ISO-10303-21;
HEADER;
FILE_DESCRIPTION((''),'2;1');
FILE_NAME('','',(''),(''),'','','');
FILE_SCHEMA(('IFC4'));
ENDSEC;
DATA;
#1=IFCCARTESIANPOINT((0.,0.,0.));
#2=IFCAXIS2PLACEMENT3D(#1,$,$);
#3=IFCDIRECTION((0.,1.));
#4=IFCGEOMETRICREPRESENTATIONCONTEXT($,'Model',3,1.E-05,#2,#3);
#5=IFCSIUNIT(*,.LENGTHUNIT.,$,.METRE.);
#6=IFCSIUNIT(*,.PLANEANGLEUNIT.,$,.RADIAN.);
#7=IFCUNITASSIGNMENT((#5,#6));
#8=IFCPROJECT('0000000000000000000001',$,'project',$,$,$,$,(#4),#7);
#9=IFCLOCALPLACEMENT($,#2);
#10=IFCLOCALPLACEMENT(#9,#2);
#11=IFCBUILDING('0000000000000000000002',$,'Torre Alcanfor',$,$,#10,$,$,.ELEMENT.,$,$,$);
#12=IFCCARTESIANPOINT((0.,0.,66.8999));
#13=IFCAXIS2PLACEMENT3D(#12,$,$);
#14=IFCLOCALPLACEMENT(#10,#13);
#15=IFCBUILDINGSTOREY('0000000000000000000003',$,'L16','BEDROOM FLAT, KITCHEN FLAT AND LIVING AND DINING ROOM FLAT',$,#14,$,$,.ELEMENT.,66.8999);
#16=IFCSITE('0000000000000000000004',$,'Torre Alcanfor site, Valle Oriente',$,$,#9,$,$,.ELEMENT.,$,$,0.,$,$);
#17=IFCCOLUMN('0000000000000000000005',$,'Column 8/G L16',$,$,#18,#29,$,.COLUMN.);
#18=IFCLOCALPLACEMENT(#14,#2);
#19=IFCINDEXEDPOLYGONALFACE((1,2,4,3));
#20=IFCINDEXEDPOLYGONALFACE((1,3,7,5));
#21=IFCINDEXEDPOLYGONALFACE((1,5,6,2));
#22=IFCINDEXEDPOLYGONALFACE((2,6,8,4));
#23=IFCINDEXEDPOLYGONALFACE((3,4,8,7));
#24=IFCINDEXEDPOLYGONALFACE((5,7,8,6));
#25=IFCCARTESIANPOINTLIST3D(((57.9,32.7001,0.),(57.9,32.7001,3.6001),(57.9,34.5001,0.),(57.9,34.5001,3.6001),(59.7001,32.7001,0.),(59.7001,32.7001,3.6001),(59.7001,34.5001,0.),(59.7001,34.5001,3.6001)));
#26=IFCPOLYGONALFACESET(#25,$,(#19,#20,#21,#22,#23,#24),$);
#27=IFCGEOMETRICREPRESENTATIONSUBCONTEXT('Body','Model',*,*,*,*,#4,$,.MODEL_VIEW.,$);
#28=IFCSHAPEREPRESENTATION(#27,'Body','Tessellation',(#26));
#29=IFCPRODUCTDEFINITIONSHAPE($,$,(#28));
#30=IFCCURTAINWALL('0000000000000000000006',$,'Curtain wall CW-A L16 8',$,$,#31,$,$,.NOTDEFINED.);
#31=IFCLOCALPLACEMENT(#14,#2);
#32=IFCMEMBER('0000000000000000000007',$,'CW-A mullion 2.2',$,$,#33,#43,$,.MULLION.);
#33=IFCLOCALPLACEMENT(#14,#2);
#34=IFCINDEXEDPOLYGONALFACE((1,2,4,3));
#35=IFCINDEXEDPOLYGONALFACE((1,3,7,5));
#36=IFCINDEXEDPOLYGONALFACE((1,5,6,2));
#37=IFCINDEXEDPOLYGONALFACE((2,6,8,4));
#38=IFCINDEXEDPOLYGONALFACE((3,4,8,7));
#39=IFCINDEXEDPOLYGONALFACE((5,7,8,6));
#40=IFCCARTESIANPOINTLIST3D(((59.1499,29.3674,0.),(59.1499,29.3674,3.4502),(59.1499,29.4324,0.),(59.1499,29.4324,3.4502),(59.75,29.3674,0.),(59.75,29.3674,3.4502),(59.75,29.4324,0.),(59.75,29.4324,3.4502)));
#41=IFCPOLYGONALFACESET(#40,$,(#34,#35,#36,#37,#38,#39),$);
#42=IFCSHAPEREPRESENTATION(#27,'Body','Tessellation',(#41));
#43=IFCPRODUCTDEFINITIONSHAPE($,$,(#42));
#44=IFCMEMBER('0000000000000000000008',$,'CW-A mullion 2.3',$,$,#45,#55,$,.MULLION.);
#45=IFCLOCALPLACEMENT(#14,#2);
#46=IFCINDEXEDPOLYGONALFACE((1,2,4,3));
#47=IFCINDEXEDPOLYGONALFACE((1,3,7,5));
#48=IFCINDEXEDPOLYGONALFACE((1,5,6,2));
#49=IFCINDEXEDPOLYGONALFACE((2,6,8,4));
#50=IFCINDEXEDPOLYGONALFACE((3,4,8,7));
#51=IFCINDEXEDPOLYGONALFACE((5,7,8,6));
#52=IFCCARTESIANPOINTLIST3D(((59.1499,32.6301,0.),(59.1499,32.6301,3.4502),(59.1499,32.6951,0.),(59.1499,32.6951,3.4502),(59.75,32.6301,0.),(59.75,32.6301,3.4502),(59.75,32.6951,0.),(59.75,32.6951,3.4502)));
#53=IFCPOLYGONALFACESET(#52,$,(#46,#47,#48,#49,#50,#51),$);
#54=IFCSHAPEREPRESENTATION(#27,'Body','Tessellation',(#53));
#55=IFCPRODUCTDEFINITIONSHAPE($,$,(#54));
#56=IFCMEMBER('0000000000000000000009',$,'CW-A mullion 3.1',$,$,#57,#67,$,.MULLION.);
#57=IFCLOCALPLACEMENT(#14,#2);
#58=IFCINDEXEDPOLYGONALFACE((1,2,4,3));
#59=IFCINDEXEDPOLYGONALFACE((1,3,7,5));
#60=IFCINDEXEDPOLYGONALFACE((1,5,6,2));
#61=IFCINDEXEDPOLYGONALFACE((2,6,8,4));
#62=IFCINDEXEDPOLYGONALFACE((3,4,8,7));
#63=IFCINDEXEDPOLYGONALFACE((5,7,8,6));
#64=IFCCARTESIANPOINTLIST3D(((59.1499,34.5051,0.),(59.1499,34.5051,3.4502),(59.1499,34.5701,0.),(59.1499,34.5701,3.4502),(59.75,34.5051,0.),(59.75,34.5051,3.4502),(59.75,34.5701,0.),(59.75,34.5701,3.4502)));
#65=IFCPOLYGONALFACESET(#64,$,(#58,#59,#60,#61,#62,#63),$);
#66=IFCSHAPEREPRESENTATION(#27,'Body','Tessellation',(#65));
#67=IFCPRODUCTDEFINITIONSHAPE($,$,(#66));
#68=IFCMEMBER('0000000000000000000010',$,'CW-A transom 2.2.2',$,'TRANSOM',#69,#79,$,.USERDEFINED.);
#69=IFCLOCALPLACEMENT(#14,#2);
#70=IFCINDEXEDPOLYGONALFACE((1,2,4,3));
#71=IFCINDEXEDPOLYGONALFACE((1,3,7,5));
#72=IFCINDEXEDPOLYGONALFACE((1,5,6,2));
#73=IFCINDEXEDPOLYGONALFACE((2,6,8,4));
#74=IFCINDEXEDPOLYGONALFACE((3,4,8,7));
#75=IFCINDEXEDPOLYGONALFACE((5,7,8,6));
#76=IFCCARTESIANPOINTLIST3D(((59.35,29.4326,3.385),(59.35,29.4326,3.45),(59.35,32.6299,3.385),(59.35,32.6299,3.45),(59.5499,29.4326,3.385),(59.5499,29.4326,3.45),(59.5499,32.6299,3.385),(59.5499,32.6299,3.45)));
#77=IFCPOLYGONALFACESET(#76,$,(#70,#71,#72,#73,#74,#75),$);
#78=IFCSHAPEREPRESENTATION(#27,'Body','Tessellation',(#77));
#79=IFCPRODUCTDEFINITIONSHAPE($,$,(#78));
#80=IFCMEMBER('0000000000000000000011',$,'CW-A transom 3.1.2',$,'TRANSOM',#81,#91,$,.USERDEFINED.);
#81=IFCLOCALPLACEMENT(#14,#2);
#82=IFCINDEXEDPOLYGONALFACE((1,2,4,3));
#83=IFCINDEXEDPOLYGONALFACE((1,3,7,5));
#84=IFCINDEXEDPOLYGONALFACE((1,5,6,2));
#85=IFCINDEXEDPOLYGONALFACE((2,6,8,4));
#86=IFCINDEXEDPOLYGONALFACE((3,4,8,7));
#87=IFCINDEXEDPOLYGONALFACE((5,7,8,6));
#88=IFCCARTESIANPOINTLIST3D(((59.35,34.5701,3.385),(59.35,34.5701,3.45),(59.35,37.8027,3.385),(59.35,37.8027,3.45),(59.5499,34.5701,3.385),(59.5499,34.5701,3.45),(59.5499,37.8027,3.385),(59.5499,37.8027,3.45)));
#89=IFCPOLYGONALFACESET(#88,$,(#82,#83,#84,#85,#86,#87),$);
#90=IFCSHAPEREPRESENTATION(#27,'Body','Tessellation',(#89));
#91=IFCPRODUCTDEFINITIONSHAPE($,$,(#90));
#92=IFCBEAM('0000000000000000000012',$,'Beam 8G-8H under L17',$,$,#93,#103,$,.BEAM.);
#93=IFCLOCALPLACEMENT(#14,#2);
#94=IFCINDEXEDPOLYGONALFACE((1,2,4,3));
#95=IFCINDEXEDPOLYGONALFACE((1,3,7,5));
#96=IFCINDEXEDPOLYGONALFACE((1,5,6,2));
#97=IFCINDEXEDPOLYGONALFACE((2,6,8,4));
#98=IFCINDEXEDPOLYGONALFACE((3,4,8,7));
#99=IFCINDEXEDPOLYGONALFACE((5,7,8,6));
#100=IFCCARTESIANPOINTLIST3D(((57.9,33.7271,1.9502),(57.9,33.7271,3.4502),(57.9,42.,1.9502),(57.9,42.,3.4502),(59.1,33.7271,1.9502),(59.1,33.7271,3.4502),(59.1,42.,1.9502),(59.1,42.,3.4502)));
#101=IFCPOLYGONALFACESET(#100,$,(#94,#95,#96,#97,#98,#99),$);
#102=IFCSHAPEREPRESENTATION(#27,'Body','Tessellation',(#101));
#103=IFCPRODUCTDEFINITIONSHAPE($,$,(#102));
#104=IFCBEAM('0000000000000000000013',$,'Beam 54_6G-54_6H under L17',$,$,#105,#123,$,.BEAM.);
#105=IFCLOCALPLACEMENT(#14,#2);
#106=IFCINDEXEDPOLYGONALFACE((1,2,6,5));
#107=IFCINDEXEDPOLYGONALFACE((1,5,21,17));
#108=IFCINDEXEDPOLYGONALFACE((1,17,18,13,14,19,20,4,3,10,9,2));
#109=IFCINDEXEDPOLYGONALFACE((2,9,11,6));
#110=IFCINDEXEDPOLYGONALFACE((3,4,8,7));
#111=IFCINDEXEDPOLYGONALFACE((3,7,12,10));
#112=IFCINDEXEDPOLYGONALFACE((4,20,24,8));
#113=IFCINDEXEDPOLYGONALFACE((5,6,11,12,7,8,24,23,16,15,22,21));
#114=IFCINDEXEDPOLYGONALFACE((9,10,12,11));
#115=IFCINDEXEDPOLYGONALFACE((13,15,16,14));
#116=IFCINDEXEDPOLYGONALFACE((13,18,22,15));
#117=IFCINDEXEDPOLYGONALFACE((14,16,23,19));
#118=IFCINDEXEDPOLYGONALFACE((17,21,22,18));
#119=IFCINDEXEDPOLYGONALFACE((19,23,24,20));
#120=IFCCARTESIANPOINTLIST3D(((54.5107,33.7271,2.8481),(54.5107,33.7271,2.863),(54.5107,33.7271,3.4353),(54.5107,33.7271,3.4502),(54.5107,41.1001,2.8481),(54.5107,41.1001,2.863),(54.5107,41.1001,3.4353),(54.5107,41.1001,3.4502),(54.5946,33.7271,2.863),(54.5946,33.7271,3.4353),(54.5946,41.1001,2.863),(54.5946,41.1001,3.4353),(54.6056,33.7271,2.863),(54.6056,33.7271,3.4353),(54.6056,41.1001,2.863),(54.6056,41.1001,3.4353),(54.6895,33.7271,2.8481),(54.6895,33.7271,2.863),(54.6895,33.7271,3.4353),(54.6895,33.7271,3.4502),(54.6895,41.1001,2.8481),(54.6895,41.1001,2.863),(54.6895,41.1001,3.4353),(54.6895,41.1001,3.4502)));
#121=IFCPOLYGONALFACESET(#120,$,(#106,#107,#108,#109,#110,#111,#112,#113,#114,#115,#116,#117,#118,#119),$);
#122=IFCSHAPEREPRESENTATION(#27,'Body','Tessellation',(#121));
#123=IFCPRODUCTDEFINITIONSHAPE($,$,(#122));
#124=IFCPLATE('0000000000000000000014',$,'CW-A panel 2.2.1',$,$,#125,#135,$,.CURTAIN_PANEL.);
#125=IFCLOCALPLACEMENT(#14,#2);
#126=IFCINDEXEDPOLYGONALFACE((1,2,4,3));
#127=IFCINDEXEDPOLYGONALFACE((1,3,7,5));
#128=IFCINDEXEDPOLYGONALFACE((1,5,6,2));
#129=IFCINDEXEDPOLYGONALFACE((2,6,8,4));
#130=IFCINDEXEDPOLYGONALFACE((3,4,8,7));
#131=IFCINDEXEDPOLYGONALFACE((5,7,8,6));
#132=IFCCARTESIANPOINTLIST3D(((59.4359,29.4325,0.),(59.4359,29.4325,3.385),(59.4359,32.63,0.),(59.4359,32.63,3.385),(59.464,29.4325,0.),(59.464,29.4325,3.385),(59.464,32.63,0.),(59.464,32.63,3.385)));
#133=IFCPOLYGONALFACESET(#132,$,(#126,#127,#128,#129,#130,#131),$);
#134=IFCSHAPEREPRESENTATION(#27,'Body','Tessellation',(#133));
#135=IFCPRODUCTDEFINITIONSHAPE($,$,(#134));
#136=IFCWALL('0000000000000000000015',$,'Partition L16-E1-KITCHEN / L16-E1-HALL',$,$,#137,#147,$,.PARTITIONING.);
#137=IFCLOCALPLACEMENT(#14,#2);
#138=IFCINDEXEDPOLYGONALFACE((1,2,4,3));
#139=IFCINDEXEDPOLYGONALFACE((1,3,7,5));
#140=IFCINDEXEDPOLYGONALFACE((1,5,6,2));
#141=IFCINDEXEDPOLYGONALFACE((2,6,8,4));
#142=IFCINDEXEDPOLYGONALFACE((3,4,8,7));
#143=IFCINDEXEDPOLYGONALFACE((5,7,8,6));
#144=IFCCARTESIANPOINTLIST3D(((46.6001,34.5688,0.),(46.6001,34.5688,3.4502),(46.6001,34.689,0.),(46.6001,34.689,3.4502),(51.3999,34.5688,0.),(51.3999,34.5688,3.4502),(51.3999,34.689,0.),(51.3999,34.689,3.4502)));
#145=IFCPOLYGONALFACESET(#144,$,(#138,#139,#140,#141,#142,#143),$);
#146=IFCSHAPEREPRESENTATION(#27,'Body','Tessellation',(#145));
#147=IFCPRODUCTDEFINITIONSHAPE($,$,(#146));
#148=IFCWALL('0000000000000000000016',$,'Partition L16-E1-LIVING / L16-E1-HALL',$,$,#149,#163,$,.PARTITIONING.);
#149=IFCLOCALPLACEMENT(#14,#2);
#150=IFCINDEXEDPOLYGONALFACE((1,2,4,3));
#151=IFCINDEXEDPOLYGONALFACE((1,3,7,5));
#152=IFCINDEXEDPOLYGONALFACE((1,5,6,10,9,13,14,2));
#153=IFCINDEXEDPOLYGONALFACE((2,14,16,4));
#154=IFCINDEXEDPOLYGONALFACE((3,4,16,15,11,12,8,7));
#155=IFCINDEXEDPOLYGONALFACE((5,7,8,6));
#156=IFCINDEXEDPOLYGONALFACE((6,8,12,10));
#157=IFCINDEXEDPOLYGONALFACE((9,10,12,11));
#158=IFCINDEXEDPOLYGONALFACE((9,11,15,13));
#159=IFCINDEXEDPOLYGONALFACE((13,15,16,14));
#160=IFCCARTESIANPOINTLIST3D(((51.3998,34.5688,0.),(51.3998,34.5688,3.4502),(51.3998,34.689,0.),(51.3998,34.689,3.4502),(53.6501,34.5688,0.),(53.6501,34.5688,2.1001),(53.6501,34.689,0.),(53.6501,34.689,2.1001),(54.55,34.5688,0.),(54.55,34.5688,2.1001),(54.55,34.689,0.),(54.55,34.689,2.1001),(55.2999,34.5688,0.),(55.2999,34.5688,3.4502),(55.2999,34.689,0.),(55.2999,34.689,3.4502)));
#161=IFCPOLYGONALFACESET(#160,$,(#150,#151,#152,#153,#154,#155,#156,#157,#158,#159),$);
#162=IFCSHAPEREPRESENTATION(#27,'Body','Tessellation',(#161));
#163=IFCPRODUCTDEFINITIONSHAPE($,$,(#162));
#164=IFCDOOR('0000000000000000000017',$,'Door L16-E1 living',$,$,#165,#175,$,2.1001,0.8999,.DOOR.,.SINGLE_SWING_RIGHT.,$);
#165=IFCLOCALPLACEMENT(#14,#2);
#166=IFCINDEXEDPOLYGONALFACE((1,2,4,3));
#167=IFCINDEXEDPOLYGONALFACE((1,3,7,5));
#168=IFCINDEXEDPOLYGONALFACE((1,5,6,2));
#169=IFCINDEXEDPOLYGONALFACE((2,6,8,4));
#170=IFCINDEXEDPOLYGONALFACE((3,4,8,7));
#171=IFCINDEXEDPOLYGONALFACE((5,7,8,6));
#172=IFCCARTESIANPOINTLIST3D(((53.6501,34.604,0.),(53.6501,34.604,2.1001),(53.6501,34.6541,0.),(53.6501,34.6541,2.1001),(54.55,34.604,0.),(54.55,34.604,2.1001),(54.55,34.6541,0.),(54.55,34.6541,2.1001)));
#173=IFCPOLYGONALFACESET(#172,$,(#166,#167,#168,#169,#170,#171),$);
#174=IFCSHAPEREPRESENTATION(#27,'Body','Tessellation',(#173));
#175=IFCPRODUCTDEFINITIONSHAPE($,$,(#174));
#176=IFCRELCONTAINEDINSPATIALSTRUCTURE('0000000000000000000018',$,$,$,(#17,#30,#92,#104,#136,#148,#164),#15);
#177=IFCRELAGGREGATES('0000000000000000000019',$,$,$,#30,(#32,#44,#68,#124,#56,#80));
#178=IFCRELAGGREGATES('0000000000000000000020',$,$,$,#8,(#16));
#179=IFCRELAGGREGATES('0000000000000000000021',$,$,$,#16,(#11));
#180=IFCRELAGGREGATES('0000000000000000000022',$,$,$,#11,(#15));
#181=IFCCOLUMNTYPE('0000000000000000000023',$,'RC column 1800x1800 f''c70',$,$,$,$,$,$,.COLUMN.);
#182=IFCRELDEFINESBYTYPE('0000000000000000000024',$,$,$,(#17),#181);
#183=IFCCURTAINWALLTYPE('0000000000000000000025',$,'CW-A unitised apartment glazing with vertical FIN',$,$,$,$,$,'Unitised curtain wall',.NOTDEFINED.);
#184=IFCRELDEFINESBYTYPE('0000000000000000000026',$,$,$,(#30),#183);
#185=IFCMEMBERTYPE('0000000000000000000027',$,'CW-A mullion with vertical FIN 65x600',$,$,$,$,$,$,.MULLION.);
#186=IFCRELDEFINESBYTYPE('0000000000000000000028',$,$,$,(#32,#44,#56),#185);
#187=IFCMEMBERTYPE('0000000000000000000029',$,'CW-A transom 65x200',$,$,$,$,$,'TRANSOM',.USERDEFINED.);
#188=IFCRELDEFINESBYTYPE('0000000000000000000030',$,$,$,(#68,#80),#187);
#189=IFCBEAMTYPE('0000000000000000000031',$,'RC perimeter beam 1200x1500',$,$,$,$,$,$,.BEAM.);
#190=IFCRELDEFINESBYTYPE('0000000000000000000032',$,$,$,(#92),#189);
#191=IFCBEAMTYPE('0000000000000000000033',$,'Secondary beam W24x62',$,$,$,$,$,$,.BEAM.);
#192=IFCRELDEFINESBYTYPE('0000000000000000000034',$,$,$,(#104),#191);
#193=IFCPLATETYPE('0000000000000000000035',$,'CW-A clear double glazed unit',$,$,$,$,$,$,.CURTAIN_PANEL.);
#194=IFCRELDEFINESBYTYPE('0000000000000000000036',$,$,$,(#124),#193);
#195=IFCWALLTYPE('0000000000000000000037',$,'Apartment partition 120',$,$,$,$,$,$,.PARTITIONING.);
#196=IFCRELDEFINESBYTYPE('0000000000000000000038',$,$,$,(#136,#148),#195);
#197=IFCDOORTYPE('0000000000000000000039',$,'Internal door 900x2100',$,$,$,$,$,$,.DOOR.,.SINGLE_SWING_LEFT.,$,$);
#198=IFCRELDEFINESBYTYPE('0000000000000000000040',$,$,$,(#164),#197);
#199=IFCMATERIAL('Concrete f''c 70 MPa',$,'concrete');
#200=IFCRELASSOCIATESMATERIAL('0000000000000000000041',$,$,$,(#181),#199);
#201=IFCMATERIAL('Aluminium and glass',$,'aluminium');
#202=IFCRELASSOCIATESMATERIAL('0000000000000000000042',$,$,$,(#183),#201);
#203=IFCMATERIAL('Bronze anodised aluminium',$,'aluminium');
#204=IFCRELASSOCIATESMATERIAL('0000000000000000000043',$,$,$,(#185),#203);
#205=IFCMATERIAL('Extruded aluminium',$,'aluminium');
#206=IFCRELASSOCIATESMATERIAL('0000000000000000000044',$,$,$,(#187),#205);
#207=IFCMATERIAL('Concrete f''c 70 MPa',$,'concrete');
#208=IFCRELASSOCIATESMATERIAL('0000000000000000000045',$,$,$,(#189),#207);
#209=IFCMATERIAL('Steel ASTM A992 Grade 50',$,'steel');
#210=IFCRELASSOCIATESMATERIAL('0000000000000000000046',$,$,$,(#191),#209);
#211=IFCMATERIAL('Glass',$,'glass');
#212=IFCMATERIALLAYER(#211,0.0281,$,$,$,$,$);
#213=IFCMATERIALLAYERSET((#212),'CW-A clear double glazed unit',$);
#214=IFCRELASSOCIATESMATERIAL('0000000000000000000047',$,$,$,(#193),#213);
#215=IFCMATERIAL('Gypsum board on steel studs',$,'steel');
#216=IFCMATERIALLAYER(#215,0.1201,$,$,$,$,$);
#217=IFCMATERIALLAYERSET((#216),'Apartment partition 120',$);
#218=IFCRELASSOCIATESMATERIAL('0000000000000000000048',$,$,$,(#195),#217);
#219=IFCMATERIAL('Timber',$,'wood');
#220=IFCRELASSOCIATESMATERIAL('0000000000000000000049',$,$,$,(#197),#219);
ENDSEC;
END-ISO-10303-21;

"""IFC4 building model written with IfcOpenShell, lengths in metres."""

from ifc_helpers import new_model, si_unit, direction, frame, frame_2d, origin, origin_2d, place, context, subcontext, project, spatial, rectangle, i_section, extrude, material, layer, layer_set, material_profile, profile_set, type_object, element, fill, aggregate, save


model = new_model("IFC4")

# Units and contexts
model_context = context("Model", 3, precision=1e-05, world=origin(), true_north=direction((0.0, 1.0)))
body_context = subcontext(model_context, "Body", "Model", "MODEL_VIEW")
ifc_project = project(units=[si_unit("LENGTHUNIT", "METRE"), si_unit("PLANEANGLEUNIT", "RADIAN")], contexts=[model_context])

# Site, building, storey
site_placement = place(None, origin())
site = spatial("IfcSite", under=ifc_project, at=site_placement, Name="Torre Alcanfor site, Valle Oriente", CompositionType="ELEMENT", RefElevation=0.0)
building_placement = place(site_placement, origin())
building = spatial("IfcBuilding", under=site, at=building_placement, Name="Torre Alcanfor", CompositionType="ELEMENT")
storey_placement = place(building_placement, frame((0.0, 0.0, 66.8999)))
storey = spatial("IfcBuildingStorey", under=building, at=storey_placement, Name="L16", Description="BEDROOM FLAT, KITCHEN FLAT AND LIVING AND DINING ROOM FLAT", CompositionType="ELEMENT", Elevation=66.8999)

# Column
ifc_material_1 = material(Name="Concrete f'c 70 MPa", Category="concrete")
ifc_material_profile_1 = material_profile(ifc_material_1, rectangle(XDim=1.8, YDim=1.8, at=origin_2d()), Name="1800x1800")
ifc_profile_set_1 = profile_set([ifc_material_profile_1], Name="Concrete f'c 70 MPa")
column_type = type_object("IfcColumnType", Name="RC column 1800x1800 f'c70", PredefinedType="COLUMN", material=ifc_profile_set_1)
column_placement = place(storey_placement, frame((58.8, 33.6001, 0.0), z_axis=(0.0, 0.0, 1.0), x_axis=(1.0, 0.0, 0.0)))
element("IfcColumn", 1, at=column_placement, inside=storey, type_object=column_type, Name="Column 8/G L16", PredefinedType="COLUMN", context=body_context, shape_type="SweptSolid", body=[
    extrude(rectangle(XDim=1.8, YDim=1.8, at=origin_2d()), origin(), (0.0, 0.0, 1.0), 3.6001),
])

# Curtain wall, members
ifc_material_2 = material(Name="Aluminium and glass", Category="aluminium")
curtain_wall_type = type_object("IfcCurtainWallType", Name="CW-A unitised apartment glazing with vertical FIN", ElementType="Unitised curtain wall", PredefinedType="NOTDEFINED", material=ifc_material_2)
curtain_wall_placement = place(storey_placement, origin())
curtain_wall = element("IfcCurtainWall", 2, at=curtain_wall_placement, inside=storey, type_object=curtain_wall_type, Name="Curtain wall CW-A L16 8", PredefinedType="NOTDEFINED")
ifc_material_3 = material(Name="Bronze anodised aluminium", Category="aluminium")
ifc_material_profile_2 = material_profile(ifc_material_3, rectangle(XDim=0.6001, YDim=0.0649, at=origin_2d()), Name="CW-A mullion 65x600")
ifc_profile_set_2 = profile_set([ifc_material_profile_2], Name="Bronze anodised aluminium")
member_type_1 = type_object("IfcMemberType", Name="CW-A mullion with vertical FIN 65x600", PredefinedType="MULLION", material=ifc_profile_set_2)
member_1_placement = place(storey_placement, frame((59.45, 29.3999, 0.0), z_axis=(0.0, 0.0, 1.0), x_axis=(-1.0, 0.0, 0.0)))
member_1 = element("IfcMember", 3, at=member_1_placement, type_object=member_type_1, Name="CW-A mullion 2.2", PredefinedType="MULLION", context=body_context, shape_type="SweptSolid", body=[
    extrude(rectangle(XDim=0.6001, YDim=0.0649, at=origin_2d()), origin(), (0.0, 0.0, 1.0), 3.4502),
])
member_2_placement = place(storey_placement, frame((59.45, 32.6626, 0.0), z_axis=(0.0, 0.0, 1.0), x_axis=(-1.0, 0.0, 0.0)))
member_2 = element("IfcMember", 4, at=member_2_placement, type_object=member_type_1, Name="CW-A mullion 2.3", PredefinedType="MULLION", context=body_context, shape_type="SweptSolid", body=[
    extrude(rectangle(XDim=0.6001, YDim=0.0649, at=origin_2d()), origin(), (0.0, 0.0, 1.0), 3.4502),
])
member_3_placement = place(storey_placement, frame((59.45, 34.5376, 0.0), z_axis=(0.0, 0.0, 1.0), x_axis=(-1.0, 0.0, 0.0)))
member_3 = element("IfcMember", 5, at=member_3_placement, type_object=member_type_1, Name="CW-A mullion 3.1", PredefinedType="MULLION", context=body_context, shape_type="SweptSolid", body=[
    extrude(rectangle(XDim=0.6001, YDim=0.0649, at=origin_2d()), origin(), (0.0, 0.0, 1.0), 3.4502),
])
ifc_material_4 = material(Name="Extruded aluminium", Category="aluminium")
ifc_material_profile_3 = material_profile(ifc_material_4, rectangle(XDim=0.2, YDim=0.0649, at=origin_2d()), Name="CW-A transom 200x65")
ifc_profile_set_3 = profile_set([ifc_material_profile_3], Name="Extruded aluminium")
member_type_2 = type_object("IfcMemberType", Name="CW-A transom 65x200", ElementType="TRANSOM", PredefinedType="USERDEFINED", material=ifc_profile_set_3)
member_4_placement = place(storey_placement, frame((59.45, 29.4326, 3.4175), z_axis=(0.0, 1.0, 0.0), x_axis=(-1.0, 0.0, 0.0)))
member_4 = element("IfcMember", 6, at=member_4_placement, type_object=member_type_2, Name="CW-A transom 2.2.2", ObjectType="TRANSOM", PredefinedType="USERDEFINED", context=body_context, shape_type="SweptSolid", body=[
    extrude(rectangle(XDim=0.2, YDim=0.0649, at=origin_2d()), origin(), (0.0, 0.0, 1.0), 3.1973),
])
member_5_placement = place(storey_placement, frame((59.45, 34.5701, 3.4175), z_axis=(0.0, 1.0, 0.0), x_axis=(-1.0, 0.0, 0.0)))
member_5 = element("IfcMember", 7, at=member_5_placement, type_object=member_type_2, Name="CW-A transom 3.1.2", ObjectType="TRANSOM", PredefinedType="USERDEFINED", context=body_context, shape_type="SweptSolid", body=[
    extrude(rectangle(XDim=0.2, YDim=0.0649, at=origin_2d()), origin(), (0.0, 0.0, 1.0), 3.2327),
])

# Beams
ifc_material_5 = material(Name="Concrete f'c 70 MPa", Category="concrete")
ifc_material_profile_4 = material_profile(ifc_material_5, rectangle(XDim=1.2, YDim=1.5, at=origin_2d()), Name="1200x1500")
ifc_profile_set_4 = profile_set([ifc_material_profile_4], Name="Concrete f'c 70 MPa")
beam_type_1 = type_object("IfcBeamType", Name="RC perimeter beam 1200x1500", PredefinedType="BEAM", material=ifc_profile_set_4)
beam_1_placement = place(storey_placement, frame((58.5, 33.7271, 2.7002), z_axis=(0.0, 1.0, 0.0), x_axis=(-1.0, 0.0, 0.0)))
element("IfcBeam", 8, at=beam_1_placement, inside=storey, type_object=beam_type_1, Name="Beam 8G-8H under L17", PredefinedType="BEAM", context=body_context, shape_type="SweptSolid", body=[
    extrude(rectangle(XDim=1.2, YDim=1.5, at=origin_2d()), origin(), (0.0, 0.0, 1.0), 8.2729),
])
ifc_material_6 = material(Name="Steel ASTM A992 Grade 50", Category="steel")
ifc_material_profile_5 = material_profile(ifc_material_6, i_section(OverallWidth=0.1787, OverallDepth=0.6021, WebThickness=0.011, FlangeThickness=0.0149, at=origin_2d()), Name="W24x62")
ifc_profile_set_5 = profile_set([ifc_material_profile_5], Name="Steel ASTM A992 Grade 50")
beam_type_2 = type_object("IfcBeamType", Name="Secondary beam W24x62", PredefinedType="BEAM", material=ifc_profile_set_5)
beam_2_placement = place(storey_placement, frame((54.6001, 33.7271, 3.1492), z_axis=(0.0, 1.0, 0.0), x_axis=(-1.0, 0.0, 0.0)))
element("IfcBeam", 9, at=beam_2_placement, inside=storey, type_object=beam_type_2, Name="Beam 54_6G-54_6H under L17", PredefinedType="BEAM", context=body_context, shape_type="SweptSolid", body=[
    extrude(i_section(OverallWidth=0.1787, OverallDepth=0.6021, WebThickness=0.011, FlangeThickness=0.0149, at=origin_2d()), origin(), (0.0, 0.0, 1.0), 7.373),
])

# Plate
ifc_material_7 = material(Name="Glass", Category="glass")
ifc_layer_1 = layer(ifc_material_7, 0.0281)
ifc_layer_set_1 = layer_set([ifc_layer_1], Name="CW-A clear double glazed unit")
plate_type = type_object("IfcPlateType", Name="CW-A clear double glazed unit", PredefinedType="CURTAIN_PANEL", material=ifc_layer_set_1)
plate_placement = place(storey_placement, frame((59.45, 31.0312, 0.0), z_axis=(0.0, 0.0, 1.0), x_axis=(0.0, 1.0, 0.0)))
plate = element("IfcPlate", 10, at=plate_placement, type_object=plate_type, Name="CW-A panel 2.2.1", PredefinedType="CURTAIN_PANEL", context=body_context, shape_type="SweptSolid", body=[
    extrude(rectangle(XDim=3.1975, YDim=0.0281, at=origin_2d()), origin(), (0.0, 0.0, 1.0), 3.385),
])
aggregate(curtain_wall, [member_1, member_2, member_4, plate, member_3, member_5])

# Wall
ifc_material_8 = material(Name="Gypsum board on steel studs", Category="steel")
ifc_layer_2 = layer(ifc_material_8, 0.1201)
ifc_layer_set_2 = layer_set([ifc_layer_2], Name="Apartment partition 120")
wall_type_1 = type_object("IfcWallType", Name="Apartment partition 120", PredefinedType="PARTITIONING", material=ifc_layer_set_2)
wall_1_placement = place(storey_placement, frame((51.3999, 34.6289, 0.0), z_axis=(0.0, 0.0, 1.0), x_axis=(-1.0, 0.0, 0.0)))
element("IfcWall", 11, at=wall_1_placement, inside=storey, type_object=wall_type_1, Name="Partition L16-E1-KITCHEN / L16-E1-HALL", PredefinedType="PARTITIONING", context=body_context, shape_type="SweptSolid", body=[
    extrude(rectangle(XDim=4.7998, YDim=0.1201, at=frame_2d((2.3999, 0.0))), origin(), (0.0, 0.0, 1.0), 3.4502),
])

# Wall, opening, door
wall_2_placement = place(storey_placement, frame((55.3, 34.6289, 0.0), z_axis=(0.0, 0.0, 1.0), x_axis=(-1.0, 0.0, 0.0)))
wall_2 = element("IfcWall", 12, at=wall_2_placement, inside=storey, type_object=wall_type_1, Name="Partition L16-E1-LIVING / L16-E1-HALL", PredefinedType="PARTITIONING", context=body_context, shape_type="SweptSolid", body=[
    extrude(rectangle(XDim=3.9001, YDim=0.1201, at=frame_2d((1.9502, 0.0))), origin(), (0.0, 0.0, 1.0), 3.4502),
])
opening_1_placement = place(wall_2_placement, frame((0.75, 0.0, 0.0)))
opening_1 = element("IfcOpeningElement", 13, at=opening_1_placement, cuts=wall_2, PredefinedType="OPENING", context=body_context, shape_type="SweptSolid", body=[
    extrude(rectangle(XDim=0.8999, YDim=2.1001, at=frame_2d((0.45, 1.05))), frame((0.0, 0.0701, 0.0), z_axis=(0.0, -1.0, 0.0), x_axis=(1.0, 0.0, 0.0)), (0.0, 0.0, 1.0), 0.1401),
])
ifc_material_9 = material(Name="Timber", Category="wood")
door_type = type_object("IfcDoorType", Name="Internal door 900x2100", OperationType="SINGLE_SWING_LEFT", PredefinedType="DOOR", material=ifc_material_9)
door_1_placement = place(opening_1_placement, origin())
door_1 = element("IfcDoor", 14, at=door_1_placement, inside=storey, type_object=door_type, Name="Door L16-E1 living", OperationType="SINGLE_SWING_RIGHT", OverallHeight=2.1001, OverallWidth=0.8999, PredefinedType="DOOR", context=body_context, shape_type="SweptSolid", body=[
    extrude(rectangle(XDim=0.8999, YDim=2.1001, at=frame_2d((0.45, 1.05))), frame((0.0, 0.0249, 0.0), z_axis=(0.0, -1.0, 0.0), x_axis=(1.0, 0.0, 0.0)), (0.0, 0.0, 1.0), 0.05),
])
fill(opening_1, door_1)

save(model, "model.ifc")
